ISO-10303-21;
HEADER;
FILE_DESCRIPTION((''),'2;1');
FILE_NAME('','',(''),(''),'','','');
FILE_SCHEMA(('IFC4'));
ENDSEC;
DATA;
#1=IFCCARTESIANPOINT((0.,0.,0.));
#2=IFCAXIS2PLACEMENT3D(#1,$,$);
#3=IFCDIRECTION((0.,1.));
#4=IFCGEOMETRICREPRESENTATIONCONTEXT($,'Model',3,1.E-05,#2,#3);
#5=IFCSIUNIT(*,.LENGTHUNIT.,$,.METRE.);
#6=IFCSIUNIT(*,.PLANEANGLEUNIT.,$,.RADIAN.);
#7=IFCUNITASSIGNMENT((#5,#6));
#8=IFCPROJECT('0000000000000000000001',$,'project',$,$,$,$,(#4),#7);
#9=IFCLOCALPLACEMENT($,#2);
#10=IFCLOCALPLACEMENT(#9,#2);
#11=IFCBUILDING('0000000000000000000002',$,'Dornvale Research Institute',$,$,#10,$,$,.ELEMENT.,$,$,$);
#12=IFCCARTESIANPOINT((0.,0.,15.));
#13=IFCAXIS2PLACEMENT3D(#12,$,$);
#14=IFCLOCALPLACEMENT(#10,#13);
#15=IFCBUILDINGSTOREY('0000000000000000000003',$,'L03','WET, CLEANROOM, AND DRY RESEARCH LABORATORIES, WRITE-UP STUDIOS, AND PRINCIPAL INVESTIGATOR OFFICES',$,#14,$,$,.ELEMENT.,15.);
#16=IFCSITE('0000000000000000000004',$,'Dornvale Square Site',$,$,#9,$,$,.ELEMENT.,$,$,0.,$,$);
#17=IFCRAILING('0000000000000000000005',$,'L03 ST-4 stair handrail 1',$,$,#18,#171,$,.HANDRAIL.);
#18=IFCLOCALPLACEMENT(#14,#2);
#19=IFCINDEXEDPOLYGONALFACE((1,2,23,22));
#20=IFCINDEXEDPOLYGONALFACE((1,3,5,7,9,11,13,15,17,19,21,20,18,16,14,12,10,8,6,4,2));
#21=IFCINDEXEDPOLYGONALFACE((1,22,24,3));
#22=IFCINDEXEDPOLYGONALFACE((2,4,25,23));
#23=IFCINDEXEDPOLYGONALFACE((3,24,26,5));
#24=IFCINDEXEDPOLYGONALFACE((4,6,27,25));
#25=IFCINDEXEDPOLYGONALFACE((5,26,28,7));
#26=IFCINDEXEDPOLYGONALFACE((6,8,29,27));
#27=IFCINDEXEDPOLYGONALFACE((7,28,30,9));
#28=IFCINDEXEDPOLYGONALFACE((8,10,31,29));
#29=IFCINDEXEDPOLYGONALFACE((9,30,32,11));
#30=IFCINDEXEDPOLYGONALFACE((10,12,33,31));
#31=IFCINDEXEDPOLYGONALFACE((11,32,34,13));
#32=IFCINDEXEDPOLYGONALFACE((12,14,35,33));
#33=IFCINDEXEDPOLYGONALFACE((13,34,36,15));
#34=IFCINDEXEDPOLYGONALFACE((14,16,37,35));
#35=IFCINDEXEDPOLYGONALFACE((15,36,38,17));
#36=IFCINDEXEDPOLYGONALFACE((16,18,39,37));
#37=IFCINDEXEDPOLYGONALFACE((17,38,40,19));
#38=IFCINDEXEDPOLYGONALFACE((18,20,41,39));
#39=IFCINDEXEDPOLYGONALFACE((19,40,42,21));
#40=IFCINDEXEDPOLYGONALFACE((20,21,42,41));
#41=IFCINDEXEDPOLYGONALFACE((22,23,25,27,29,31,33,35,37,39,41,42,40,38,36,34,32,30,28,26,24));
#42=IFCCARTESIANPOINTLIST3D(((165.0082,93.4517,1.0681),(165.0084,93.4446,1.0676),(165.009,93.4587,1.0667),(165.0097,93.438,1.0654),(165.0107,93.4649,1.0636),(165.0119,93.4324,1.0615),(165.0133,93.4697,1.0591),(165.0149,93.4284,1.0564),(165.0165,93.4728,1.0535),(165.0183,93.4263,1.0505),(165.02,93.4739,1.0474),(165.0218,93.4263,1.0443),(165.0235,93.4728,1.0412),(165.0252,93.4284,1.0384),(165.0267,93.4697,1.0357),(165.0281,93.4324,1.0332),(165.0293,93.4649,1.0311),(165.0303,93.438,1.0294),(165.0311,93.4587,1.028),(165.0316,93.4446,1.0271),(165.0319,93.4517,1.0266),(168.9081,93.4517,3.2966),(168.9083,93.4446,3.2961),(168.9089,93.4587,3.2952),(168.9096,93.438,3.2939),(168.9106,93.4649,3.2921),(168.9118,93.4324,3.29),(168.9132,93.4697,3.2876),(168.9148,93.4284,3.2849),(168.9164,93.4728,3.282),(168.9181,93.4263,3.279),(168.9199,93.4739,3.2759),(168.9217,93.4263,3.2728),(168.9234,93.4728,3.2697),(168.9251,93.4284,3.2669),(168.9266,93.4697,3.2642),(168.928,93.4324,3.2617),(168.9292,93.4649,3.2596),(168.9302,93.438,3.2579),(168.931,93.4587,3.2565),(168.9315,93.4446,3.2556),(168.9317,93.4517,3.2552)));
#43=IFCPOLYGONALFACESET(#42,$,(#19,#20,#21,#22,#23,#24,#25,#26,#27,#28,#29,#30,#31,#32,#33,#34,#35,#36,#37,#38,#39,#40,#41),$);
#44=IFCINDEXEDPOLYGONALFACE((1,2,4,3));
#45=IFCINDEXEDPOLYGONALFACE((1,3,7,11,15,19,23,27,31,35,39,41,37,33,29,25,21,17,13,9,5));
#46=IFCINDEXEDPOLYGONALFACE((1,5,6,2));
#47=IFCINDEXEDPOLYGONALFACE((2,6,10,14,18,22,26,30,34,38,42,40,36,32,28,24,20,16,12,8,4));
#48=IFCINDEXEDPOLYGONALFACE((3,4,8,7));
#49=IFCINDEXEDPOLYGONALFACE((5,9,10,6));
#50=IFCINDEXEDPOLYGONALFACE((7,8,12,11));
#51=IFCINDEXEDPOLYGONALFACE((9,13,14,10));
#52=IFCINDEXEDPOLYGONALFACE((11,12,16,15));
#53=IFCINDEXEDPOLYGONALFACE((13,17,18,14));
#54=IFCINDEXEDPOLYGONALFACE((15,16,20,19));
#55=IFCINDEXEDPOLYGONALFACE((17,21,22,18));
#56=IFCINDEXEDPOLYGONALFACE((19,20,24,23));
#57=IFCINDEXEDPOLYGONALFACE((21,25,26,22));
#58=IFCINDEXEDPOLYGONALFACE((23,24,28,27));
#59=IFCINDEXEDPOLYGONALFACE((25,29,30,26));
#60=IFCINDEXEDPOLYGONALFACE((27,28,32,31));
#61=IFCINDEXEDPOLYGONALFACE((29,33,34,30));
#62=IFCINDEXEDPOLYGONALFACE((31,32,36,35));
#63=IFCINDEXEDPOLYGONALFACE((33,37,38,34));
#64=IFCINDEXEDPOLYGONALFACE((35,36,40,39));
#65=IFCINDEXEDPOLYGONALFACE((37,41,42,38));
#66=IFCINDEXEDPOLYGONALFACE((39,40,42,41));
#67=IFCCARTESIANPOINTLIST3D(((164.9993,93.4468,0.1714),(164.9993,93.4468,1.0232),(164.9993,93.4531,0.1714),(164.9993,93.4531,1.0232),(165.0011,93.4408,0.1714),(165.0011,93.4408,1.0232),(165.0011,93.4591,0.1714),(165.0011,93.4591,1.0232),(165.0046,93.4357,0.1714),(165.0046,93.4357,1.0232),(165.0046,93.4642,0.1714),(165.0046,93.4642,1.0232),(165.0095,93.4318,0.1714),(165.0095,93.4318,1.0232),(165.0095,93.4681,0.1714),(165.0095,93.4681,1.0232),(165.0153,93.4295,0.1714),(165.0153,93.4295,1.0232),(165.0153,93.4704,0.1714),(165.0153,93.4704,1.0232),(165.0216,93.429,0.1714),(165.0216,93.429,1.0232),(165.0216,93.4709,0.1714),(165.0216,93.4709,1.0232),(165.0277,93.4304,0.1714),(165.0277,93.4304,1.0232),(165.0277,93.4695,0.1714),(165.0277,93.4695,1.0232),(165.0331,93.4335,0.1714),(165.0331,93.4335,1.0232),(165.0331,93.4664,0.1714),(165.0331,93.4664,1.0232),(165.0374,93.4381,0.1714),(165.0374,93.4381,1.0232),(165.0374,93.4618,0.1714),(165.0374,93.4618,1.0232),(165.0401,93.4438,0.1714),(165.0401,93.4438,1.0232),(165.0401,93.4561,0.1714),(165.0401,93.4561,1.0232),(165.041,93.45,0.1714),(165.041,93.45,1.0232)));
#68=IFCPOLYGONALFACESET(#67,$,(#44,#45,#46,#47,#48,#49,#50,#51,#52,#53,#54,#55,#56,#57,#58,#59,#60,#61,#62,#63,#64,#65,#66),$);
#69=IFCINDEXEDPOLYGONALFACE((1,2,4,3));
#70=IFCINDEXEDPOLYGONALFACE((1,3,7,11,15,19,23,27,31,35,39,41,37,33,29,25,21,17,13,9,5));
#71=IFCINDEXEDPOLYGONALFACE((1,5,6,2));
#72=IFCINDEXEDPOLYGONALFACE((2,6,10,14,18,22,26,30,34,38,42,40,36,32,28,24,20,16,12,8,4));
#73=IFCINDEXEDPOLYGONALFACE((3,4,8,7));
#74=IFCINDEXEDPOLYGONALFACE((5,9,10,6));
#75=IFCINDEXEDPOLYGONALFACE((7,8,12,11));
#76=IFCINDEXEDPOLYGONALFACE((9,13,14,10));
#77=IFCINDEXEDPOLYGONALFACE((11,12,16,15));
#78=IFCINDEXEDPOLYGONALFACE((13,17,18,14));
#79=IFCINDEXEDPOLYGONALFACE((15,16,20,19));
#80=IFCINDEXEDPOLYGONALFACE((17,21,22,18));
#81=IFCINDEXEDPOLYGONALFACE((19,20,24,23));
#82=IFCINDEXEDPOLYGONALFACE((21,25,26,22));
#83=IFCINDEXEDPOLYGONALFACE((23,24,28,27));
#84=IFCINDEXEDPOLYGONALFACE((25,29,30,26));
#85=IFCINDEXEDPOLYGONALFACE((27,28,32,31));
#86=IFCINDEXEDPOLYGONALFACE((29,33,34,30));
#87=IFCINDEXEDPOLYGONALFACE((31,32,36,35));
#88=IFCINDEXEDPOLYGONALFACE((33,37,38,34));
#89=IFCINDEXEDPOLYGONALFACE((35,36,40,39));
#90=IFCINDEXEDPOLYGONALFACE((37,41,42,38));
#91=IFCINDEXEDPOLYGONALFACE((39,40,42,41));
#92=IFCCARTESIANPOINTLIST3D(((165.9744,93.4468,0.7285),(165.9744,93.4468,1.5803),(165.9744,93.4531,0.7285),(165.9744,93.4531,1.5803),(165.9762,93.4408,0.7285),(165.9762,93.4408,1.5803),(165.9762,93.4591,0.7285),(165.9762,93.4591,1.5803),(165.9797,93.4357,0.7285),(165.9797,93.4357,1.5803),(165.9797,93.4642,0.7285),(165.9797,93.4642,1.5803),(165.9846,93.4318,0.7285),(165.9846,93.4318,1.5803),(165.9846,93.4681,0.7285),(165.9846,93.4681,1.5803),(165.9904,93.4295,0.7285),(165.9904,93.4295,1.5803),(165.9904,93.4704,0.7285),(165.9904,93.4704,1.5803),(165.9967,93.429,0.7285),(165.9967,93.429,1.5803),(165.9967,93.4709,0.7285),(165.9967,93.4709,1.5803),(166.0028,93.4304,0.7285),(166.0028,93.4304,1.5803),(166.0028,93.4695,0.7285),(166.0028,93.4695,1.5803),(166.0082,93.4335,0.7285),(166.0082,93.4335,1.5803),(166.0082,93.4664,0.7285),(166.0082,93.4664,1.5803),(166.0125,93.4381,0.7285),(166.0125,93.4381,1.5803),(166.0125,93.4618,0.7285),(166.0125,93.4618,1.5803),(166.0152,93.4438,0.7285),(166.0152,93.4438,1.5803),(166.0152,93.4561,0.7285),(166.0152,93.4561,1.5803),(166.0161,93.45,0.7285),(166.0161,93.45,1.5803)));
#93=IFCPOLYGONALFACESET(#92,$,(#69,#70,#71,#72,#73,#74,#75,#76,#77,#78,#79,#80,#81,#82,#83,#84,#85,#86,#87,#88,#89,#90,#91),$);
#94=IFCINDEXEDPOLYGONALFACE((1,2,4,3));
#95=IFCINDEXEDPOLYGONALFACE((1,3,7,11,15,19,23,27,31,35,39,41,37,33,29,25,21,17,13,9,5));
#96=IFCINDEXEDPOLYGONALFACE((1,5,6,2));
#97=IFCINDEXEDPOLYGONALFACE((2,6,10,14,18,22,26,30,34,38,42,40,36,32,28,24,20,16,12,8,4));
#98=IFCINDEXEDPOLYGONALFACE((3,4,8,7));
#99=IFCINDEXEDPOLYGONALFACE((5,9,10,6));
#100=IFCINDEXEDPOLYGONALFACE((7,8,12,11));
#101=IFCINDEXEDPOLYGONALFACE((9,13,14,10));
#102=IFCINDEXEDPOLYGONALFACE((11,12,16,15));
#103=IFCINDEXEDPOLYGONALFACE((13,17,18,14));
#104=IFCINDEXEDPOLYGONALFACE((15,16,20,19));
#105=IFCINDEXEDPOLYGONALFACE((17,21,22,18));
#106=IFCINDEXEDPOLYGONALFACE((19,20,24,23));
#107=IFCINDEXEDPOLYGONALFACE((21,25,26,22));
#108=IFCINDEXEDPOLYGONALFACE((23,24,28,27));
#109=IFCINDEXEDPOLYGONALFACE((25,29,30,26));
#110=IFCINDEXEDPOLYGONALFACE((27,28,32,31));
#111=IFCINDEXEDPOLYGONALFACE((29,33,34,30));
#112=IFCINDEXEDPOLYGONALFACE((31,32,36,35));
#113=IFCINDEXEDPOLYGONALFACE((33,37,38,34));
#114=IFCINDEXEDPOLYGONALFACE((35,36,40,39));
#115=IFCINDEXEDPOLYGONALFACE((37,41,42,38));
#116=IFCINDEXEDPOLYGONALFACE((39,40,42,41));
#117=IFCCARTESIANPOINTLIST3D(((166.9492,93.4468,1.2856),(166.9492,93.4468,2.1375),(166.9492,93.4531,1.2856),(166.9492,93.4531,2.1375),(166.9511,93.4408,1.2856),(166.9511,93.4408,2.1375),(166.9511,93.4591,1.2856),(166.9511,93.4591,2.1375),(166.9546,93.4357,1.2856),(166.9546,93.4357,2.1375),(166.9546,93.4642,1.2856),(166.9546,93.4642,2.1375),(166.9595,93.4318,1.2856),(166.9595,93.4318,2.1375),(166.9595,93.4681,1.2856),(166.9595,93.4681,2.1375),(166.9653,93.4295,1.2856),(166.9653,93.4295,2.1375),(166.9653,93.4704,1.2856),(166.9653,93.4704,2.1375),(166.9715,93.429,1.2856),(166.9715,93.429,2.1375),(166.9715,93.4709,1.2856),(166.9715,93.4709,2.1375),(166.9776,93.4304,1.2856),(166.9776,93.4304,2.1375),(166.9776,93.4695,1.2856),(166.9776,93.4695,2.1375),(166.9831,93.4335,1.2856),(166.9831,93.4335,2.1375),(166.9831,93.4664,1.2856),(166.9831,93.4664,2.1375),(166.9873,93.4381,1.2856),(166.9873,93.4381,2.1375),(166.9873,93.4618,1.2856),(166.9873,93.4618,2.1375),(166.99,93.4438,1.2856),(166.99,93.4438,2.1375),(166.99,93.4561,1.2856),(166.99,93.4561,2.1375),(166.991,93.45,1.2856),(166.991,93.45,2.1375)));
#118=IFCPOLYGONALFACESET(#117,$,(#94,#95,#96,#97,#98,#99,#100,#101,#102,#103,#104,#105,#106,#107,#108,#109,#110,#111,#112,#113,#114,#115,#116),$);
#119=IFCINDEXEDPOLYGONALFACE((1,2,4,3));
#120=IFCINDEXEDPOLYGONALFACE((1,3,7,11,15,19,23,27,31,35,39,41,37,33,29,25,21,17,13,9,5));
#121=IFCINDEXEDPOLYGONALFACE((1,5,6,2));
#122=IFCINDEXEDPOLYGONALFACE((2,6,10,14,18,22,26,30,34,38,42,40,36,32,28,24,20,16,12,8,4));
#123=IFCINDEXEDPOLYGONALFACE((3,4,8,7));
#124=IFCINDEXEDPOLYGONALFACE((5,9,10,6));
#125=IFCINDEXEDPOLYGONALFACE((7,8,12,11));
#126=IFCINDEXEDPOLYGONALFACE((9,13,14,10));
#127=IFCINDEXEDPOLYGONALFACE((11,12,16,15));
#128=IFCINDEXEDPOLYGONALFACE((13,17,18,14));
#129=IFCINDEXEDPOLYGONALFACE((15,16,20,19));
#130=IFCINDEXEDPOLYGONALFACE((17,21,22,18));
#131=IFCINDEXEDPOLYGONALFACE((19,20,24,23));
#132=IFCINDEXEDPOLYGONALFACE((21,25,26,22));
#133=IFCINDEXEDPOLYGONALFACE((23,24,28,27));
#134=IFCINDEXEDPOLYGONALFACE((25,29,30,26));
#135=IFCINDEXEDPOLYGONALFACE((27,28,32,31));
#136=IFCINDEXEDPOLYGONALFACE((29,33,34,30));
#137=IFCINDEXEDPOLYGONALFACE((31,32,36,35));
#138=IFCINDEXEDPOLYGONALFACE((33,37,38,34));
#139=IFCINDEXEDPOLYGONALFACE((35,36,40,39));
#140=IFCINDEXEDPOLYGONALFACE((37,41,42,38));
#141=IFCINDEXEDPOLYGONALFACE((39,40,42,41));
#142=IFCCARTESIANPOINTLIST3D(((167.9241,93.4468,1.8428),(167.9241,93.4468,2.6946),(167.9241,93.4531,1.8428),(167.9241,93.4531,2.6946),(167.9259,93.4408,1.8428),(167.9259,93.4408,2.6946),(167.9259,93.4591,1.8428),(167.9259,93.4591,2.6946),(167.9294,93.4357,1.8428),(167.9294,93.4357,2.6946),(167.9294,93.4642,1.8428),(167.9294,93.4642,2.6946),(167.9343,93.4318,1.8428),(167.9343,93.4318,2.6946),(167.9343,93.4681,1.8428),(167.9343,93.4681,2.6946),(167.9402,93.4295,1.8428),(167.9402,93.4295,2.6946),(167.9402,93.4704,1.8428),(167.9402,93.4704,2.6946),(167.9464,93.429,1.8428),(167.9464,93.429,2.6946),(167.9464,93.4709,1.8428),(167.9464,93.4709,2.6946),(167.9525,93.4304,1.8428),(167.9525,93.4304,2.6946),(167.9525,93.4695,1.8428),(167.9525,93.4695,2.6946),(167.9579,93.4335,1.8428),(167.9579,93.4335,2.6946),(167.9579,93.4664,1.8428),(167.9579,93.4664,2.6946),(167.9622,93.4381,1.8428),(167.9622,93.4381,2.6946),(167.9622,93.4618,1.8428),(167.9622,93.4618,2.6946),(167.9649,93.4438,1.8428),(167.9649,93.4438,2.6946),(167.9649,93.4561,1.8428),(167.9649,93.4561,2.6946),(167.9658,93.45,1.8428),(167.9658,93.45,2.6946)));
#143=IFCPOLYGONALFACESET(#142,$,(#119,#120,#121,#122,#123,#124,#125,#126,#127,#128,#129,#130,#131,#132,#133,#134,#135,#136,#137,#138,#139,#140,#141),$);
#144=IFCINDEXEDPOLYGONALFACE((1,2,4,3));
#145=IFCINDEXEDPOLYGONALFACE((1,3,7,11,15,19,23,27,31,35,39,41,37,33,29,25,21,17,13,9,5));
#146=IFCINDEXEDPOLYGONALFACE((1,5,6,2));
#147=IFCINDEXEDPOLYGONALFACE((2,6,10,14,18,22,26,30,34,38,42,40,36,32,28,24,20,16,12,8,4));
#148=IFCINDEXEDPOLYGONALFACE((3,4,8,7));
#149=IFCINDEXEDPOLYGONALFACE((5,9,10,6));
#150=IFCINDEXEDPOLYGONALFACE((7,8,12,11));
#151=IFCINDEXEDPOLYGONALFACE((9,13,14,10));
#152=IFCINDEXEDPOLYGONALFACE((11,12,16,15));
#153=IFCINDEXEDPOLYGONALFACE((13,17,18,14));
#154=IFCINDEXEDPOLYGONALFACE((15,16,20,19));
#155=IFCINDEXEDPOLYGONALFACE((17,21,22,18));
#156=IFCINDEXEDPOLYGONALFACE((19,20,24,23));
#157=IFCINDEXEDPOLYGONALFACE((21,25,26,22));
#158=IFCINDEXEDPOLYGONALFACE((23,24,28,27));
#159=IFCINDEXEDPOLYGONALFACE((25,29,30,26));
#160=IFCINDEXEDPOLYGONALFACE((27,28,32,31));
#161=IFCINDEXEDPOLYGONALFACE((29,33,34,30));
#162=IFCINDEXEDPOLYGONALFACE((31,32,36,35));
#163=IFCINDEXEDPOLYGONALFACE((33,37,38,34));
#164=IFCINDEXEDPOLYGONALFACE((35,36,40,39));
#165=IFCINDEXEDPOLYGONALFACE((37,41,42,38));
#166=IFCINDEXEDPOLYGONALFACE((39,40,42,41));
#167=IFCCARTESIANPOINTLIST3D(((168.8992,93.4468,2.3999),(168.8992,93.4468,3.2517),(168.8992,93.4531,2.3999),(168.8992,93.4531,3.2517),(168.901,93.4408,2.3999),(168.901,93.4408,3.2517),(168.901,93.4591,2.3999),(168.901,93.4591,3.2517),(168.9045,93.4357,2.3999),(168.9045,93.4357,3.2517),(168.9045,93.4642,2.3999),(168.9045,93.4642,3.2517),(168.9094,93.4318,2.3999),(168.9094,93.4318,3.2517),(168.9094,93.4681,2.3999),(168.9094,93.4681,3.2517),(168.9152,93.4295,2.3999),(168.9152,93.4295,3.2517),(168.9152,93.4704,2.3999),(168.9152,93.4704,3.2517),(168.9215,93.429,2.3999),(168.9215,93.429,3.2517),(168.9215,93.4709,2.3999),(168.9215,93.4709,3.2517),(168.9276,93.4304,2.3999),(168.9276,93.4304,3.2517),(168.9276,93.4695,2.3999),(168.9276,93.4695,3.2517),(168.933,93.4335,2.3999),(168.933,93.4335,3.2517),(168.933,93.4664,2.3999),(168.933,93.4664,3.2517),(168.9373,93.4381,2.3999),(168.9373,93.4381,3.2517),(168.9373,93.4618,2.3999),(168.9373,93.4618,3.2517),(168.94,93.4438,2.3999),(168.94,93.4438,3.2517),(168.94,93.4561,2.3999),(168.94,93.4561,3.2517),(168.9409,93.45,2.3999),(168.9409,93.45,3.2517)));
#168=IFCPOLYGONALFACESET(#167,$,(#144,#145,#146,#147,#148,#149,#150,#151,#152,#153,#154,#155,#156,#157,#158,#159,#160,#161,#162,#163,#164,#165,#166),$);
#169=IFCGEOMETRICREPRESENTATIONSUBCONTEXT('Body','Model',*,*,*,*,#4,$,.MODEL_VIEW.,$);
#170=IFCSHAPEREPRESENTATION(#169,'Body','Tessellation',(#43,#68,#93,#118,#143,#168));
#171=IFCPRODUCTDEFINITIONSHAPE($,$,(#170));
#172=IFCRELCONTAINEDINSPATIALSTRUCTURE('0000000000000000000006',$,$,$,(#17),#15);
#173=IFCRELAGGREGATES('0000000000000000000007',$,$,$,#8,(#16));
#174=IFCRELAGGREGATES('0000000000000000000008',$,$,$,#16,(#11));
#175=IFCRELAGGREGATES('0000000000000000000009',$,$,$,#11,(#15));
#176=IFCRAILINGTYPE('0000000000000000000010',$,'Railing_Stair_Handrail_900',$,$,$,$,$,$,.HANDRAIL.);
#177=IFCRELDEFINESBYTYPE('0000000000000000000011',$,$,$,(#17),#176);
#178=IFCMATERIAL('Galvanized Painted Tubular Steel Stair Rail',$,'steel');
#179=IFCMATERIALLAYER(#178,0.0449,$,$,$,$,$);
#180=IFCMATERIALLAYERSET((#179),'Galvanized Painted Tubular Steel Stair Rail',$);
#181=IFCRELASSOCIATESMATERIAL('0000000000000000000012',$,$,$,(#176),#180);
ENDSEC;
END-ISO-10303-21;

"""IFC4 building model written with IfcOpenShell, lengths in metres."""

from ifc_helpers import new_model, si_unit, direction, frame, origin, origin_2d, place, context, subcontext, project, spatial, circle, extrude, material, layer, layer_set, type_object, element, save


model = new_model("IFC4")

# Units and contexts
model_context = context("Model", 3, precision=1e-05, world=origin(), true_north=direction((0.0, 1.0)))
body_context = subcontext(model_context, "Body", "Model", "MODEL_VIEW")
ifc_project = project(units=[si_unit("LENGTHUNIT", "METRE"), si_unit("PLANEANGLEUNIT", "RADIAN")], contexts=[model_context])

# Site, building, storey
site_placement = place(None, origin())
site = spatial("IfcSite", under=ifc_project, at=site_placement, Name="Dornvale Square Site", CompositionType="ELEMENT", RefElevation=0.0)
building_placement = place(site_placement, origin())
building = spatial("IfcBuilding", under=site, at=building_placement, Name="Dornvale Research Institute", CompositionType="ELEMENT")
storey_placement = place(building_placement, frame((0.0, 0.0, 15.0)))
storey = spatial("IfcBuildingStorey", under=building, at=storey_placement, Name="L03", Description="WET, CLEANROOM, AND DRY RESEARCH LABORATORIES, WRITE-UP STUDIOS, AND PRINCIPAL INVESTIGATOR OFFICES", CompositionType="ELEMENT", Elevation=15.0)

# Railing
ifc_material_1 = material(Name="Galvanized Painted Tubular Steel Stair Rail", Category="steel")
ifc_layer_1 = layer(ifc_material_1, 0.0449)
ifc_layer_set_1 = layer_set([ifc_layer_1], Name="Galvanized Painted Tubular Steel Stair Rail")
railing_type_1 = type_object("IfcRailingType", Name="Railing_Stair_Handrail_900", PredefinedType="HANDRAIL", material=ifc_layer_set_1)
railing_1_placement = place(storey_placement, frame((165.02, 93.45, 0.1714)))
element("IfcRailing", 1, at=railing_1_placement, inside=storey, type_object=railing_type_1, Name="L03 ST-4 stair handrail 1", PredefinedType="HANDRAIL", context=body_context, shape_type="SweptSolid", body=[
    extrude(circle(Radius=0.0239, at=origin_2d()), frame((0.0, 0.0, 0.876), z_axis=(0.868243, 0.0, 0.496139), x_axis=(0.0, 1.0, 0.0)), (0.0, 0.0, 1.0), 4.4917),
    extrude(circle(Radius=0.021, at=origin_2d()), origin(), (0.0, 0.0, 1.0), 0.8518),
    extrude(circle(Radius=0.021, at=origin_2d()), frame((0.9751, 0.0, 0.5571)), (0.0, 0.0, 1.0), 0.8518),
    extrude(circle(Radius=0.021, at=origin_2d()), frame((1.95, 0.0, 1.1143)), (0.0, 0.0, 1.0), 0.8518),
    extrude(circle(Radius=0.021, at=origin_2d()), frame((2.9248, 0.0, 1.6714)), (0.0, 0.0, 1.0), 0.8518),
    extrude(circle(Radius=0.021, at=origin_2d()), frame((3.8999, 0.0, 2.2285)), (0.0, 0.0, 1.0), 0.8518),
])

save(model, "model.ifc")
